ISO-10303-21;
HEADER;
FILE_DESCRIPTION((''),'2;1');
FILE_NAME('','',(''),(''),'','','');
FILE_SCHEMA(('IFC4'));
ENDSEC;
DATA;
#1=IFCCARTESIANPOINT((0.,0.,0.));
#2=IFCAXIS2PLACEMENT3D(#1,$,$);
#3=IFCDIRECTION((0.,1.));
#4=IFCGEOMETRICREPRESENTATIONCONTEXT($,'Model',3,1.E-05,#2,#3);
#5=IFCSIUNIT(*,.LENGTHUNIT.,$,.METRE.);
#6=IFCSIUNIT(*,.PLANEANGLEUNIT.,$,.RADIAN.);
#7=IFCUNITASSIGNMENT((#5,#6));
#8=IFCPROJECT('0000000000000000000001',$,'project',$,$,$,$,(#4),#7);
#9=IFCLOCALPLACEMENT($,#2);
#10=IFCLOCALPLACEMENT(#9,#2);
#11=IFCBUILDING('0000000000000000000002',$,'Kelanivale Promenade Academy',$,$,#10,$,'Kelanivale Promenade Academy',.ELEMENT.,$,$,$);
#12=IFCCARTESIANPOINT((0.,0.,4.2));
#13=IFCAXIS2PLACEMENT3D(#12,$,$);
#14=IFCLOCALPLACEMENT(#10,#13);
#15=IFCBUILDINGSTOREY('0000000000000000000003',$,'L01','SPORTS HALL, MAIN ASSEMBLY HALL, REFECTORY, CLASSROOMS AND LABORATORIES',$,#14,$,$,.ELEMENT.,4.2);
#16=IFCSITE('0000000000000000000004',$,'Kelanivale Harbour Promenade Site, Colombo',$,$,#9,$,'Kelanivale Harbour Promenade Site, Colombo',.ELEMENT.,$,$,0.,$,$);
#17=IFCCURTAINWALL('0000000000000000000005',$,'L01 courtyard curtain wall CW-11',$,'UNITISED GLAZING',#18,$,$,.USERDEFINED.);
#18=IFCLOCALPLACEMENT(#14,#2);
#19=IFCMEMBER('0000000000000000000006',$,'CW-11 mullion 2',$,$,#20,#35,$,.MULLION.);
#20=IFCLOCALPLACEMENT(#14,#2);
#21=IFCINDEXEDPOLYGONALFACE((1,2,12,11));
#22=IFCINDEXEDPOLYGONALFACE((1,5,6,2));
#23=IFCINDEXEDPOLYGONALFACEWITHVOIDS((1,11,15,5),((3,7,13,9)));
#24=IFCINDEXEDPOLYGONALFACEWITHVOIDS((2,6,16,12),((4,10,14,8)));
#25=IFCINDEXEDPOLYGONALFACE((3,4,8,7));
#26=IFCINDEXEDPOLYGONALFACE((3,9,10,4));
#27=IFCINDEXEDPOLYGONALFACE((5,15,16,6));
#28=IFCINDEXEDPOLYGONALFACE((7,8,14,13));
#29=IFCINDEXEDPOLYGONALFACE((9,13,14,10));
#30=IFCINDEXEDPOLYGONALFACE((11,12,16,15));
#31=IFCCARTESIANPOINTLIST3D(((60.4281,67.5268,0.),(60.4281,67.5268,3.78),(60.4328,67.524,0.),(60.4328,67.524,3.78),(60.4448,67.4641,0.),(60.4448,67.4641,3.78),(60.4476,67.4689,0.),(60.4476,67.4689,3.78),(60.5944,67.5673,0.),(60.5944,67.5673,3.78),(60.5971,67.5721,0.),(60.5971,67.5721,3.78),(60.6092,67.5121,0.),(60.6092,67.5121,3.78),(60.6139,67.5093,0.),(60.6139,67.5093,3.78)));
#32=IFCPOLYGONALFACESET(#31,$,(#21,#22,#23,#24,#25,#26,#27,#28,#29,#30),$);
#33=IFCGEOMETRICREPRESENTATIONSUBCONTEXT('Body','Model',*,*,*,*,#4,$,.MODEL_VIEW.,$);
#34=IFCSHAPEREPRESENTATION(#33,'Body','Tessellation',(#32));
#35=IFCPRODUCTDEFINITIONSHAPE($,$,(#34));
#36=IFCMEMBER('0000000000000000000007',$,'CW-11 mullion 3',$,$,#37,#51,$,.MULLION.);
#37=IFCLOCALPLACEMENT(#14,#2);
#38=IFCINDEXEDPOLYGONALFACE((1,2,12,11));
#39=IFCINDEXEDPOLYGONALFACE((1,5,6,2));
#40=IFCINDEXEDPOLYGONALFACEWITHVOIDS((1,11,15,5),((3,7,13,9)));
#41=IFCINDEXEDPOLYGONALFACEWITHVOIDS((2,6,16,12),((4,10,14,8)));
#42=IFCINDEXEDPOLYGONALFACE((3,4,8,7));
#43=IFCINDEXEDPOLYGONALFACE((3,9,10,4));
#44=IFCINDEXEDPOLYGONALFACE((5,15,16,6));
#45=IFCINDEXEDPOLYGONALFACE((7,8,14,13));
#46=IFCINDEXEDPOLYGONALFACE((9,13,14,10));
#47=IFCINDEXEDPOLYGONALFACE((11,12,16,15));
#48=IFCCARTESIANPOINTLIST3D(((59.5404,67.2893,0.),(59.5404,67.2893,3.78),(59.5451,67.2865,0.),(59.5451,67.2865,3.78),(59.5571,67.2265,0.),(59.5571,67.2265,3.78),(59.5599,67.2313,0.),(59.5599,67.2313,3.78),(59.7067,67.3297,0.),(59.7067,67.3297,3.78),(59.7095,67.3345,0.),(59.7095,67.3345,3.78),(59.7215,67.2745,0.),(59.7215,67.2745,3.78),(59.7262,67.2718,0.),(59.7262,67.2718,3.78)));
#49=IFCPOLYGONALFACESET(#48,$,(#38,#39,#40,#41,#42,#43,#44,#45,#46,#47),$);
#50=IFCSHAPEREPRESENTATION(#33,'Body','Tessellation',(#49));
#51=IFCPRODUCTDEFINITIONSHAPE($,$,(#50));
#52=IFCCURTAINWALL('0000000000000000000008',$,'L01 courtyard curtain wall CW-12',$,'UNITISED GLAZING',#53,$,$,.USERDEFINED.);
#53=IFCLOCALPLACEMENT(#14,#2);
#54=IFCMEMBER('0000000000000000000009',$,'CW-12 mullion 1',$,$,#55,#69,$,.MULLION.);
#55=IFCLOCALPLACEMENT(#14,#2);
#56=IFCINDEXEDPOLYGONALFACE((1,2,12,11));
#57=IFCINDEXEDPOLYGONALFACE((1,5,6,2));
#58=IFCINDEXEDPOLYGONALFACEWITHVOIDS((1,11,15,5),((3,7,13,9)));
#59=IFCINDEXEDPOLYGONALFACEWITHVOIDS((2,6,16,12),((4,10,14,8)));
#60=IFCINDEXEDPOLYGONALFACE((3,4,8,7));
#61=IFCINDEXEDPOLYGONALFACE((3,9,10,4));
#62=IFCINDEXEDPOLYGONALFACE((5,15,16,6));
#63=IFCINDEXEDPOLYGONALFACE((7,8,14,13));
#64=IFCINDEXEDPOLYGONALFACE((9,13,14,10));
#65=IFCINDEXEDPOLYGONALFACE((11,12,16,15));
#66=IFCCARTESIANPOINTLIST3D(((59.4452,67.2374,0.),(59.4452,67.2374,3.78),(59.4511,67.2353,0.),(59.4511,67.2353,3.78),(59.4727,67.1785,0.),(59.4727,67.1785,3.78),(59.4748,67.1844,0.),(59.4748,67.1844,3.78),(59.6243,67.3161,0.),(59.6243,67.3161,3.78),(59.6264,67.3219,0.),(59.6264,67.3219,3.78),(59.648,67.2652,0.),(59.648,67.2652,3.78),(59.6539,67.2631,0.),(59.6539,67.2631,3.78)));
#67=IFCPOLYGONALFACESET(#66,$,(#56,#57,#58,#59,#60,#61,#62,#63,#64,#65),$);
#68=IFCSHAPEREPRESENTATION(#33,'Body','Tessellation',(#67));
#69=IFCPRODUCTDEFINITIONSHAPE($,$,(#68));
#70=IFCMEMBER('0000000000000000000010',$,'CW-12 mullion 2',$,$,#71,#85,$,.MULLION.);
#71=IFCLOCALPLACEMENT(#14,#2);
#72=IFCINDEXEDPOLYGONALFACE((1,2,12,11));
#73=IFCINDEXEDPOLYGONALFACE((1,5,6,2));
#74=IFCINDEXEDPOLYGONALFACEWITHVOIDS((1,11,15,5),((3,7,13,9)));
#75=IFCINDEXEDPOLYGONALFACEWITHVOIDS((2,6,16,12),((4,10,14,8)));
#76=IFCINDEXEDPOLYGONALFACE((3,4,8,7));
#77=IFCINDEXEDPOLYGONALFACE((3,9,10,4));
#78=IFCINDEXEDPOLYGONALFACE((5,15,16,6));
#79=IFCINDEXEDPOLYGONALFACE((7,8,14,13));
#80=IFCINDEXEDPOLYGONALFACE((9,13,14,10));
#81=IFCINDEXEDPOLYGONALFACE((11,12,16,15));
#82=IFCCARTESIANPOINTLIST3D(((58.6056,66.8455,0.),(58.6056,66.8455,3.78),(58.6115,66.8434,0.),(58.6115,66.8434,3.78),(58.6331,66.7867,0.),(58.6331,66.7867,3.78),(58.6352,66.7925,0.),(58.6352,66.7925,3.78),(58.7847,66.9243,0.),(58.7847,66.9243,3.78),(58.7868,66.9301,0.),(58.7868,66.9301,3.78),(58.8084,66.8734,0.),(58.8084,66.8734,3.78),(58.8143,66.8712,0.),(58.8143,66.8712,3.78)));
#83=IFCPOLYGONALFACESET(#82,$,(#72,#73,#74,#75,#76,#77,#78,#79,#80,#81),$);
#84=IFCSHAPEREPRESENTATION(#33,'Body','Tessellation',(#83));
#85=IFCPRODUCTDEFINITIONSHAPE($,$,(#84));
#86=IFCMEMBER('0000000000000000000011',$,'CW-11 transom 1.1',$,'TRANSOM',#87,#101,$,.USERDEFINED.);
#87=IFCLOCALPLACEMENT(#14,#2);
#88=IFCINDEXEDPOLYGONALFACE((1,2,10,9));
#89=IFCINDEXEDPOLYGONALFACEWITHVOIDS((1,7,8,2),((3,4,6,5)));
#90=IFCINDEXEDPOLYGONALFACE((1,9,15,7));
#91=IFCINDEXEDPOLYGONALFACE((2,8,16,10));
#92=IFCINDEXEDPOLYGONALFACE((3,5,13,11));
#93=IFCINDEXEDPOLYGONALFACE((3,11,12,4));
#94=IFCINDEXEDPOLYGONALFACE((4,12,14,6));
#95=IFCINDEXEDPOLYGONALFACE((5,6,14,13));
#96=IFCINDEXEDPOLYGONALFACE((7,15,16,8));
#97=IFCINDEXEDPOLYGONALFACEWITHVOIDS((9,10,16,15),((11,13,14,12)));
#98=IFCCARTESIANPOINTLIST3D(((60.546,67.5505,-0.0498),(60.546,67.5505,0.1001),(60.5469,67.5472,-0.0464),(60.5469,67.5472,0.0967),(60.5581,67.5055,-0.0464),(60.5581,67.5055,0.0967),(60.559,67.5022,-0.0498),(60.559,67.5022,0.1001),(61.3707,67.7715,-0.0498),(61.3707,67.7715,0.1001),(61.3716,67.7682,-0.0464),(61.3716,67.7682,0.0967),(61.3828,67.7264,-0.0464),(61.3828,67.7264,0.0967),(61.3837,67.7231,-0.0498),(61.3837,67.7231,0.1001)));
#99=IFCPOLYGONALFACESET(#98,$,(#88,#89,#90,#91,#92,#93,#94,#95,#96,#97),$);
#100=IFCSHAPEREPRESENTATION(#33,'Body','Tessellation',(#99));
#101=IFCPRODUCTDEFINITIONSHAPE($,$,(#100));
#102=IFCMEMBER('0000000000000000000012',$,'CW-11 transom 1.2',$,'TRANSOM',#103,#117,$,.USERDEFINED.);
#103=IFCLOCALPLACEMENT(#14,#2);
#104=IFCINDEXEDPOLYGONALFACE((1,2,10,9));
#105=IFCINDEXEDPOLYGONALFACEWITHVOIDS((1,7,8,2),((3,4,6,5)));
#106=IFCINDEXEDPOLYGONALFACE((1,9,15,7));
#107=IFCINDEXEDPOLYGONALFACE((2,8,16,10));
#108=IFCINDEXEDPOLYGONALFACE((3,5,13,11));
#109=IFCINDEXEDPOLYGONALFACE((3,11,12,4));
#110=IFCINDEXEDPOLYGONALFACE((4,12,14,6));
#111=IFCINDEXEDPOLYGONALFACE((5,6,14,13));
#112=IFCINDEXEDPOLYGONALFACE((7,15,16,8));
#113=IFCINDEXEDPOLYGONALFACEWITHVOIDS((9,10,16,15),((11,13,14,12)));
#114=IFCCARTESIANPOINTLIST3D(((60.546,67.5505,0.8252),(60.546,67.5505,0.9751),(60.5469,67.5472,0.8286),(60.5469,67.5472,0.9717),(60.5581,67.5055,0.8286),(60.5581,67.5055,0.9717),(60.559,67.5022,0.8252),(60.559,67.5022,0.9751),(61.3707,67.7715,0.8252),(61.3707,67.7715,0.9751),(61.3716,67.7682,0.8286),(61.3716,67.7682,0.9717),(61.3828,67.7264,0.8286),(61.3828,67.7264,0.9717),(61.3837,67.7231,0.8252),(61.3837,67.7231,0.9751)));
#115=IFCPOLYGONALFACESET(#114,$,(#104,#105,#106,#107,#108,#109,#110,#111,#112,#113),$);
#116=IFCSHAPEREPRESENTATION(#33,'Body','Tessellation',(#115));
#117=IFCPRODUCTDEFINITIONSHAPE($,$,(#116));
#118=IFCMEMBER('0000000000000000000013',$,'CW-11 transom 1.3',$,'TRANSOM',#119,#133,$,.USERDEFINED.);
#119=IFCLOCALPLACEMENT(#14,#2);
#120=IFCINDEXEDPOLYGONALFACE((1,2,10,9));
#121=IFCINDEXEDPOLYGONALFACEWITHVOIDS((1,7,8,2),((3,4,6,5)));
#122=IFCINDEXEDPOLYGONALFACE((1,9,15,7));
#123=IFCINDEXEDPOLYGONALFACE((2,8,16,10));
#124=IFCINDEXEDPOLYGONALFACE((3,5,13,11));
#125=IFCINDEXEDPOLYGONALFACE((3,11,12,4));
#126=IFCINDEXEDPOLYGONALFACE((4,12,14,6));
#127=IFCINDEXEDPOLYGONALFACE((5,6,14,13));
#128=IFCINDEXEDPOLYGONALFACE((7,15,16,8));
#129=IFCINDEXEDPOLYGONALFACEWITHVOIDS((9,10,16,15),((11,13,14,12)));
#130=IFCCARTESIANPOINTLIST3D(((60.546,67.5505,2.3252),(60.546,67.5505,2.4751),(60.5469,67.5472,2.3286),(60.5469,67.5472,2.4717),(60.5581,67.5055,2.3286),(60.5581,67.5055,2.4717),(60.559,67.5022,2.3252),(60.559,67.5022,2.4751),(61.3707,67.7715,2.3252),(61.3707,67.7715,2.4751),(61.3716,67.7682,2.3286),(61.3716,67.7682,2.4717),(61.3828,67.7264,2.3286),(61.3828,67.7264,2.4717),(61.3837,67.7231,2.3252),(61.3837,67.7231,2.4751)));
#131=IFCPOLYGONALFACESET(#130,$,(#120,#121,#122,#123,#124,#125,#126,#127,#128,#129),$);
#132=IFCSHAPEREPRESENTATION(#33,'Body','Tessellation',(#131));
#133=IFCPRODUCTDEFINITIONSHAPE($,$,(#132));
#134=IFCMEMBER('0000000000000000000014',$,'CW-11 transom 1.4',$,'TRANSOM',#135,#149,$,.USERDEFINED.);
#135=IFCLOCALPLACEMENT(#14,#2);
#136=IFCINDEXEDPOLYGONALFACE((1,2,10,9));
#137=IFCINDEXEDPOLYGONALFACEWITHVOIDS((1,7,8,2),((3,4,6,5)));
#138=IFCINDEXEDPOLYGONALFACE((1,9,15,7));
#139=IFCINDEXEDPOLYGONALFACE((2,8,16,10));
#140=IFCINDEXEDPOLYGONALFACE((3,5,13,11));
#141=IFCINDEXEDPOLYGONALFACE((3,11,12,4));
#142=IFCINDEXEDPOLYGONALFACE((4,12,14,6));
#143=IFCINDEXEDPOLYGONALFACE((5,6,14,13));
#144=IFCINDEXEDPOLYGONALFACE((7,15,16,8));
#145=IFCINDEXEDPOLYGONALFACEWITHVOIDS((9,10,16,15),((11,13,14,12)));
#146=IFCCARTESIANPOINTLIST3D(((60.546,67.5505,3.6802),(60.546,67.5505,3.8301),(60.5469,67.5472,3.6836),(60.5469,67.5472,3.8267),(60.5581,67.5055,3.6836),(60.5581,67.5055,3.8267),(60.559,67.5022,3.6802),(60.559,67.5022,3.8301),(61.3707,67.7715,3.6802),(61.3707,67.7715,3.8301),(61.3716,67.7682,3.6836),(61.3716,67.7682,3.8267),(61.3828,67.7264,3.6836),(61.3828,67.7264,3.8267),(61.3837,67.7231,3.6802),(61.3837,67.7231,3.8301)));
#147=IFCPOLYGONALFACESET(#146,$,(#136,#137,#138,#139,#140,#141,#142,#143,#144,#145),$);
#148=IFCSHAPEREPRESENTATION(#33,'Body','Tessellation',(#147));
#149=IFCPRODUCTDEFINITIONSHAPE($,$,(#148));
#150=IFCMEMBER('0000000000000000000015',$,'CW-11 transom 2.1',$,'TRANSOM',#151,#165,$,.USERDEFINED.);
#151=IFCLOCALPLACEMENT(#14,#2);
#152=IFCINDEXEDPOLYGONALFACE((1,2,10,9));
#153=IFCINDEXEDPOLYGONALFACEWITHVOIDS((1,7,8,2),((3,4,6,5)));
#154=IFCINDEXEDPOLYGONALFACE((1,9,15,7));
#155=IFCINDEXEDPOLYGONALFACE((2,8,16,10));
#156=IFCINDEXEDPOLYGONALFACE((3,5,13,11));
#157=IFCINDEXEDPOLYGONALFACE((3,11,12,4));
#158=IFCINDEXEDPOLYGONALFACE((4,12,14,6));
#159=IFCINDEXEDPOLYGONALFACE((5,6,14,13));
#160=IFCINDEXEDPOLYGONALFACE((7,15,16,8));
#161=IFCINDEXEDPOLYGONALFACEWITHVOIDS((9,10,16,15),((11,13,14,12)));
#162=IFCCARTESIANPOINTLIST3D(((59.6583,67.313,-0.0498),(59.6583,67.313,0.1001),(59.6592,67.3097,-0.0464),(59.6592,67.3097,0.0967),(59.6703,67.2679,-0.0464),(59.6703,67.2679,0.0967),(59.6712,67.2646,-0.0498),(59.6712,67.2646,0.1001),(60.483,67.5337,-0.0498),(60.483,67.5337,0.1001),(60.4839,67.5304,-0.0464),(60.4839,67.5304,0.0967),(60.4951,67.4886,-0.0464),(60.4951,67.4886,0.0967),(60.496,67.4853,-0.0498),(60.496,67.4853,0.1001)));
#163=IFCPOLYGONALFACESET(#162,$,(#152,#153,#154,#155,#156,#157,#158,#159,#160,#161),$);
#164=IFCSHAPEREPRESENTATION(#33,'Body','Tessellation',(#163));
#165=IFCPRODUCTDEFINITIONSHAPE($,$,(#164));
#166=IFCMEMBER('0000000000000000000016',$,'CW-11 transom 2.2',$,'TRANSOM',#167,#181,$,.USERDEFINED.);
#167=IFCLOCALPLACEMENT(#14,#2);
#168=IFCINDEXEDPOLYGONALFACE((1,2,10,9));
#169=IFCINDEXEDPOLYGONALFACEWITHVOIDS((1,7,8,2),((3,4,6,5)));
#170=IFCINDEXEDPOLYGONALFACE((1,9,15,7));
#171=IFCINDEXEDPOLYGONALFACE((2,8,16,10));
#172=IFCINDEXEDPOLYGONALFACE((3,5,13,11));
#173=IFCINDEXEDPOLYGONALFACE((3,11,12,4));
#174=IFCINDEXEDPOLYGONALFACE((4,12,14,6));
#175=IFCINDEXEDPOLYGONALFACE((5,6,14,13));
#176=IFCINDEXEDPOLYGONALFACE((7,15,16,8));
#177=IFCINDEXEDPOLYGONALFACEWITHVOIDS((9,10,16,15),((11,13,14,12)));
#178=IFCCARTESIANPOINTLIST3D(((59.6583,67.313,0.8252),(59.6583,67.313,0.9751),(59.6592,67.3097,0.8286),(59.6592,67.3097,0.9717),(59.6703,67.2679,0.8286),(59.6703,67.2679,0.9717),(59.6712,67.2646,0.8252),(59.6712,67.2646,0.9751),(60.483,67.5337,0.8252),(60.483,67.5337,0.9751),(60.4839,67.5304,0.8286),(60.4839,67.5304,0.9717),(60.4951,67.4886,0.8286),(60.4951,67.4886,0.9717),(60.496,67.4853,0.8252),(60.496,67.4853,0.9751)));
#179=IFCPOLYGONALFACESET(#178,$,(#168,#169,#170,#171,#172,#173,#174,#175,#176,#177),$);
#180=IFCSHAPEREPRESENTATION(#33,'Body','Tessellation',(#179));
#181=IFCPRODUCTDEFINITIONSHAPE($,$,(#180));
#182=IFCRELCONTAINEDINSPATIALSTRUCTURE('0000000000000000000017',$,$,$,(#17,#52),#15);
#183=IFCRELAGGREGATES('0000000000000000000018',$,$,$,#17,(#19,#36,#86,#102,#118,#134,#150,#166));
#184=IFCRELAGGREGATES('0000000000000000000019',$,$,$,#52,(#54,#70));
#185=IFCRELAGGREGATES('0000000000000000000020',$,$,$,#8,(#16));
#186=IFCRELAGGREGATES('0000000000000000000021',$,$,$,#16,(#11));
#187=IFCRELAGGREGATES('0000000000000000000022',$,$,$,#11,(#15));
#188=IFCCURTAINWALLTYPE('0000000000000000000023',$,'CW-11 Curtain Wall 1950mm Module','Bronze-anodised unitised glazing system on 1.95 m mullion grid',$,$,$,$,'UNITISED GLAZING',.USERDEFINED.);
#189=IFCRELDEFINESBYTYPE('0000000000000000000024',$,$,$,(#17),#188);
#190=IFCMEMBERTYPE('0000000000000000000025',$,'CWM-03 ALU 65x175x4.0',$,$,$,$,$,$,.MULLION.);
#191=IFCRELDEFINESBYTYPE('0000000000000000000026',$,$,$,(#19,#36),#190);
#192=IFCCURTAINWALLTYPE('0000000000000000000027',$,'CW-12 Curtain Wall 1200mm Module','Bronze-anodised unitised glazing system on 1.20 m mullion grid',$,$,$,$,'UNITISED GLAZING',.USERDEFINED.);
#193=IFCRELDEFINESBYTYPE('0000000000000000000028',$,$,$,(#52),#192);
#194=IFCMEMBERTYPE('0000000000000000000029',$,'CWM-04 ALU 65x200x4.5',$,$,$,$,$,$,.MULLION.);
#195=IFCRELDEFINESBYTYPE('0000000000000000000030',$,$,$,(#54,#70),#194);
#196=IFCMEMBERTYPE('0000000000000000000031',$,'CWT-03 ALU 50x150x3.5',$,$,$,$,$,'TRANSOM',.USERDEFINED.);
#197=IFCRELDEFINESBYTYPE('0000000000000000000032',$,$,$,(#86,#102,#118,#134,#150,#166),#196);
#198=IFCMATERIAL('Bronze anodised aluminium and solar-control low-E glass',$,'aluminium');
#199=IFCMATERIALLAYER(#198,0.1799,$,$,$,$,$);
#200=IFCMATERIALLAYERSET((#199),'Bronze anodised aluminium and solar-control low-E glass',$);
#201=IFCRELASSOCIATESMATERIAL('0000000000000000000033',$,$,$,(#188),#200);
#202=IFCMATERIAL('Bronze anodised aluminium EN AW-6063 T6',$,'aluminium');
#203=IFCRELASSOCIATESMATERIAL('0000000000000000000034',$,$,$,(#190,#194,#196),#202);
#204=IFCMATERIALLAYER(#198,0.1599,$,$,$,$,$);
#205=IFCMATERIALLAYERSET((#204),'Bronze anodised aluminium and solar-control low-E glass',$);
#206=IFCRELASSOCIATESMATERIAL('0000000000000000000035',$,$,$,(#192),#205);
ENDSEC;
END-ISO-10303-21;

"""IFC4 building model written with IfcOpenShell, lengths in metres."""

from ifc_helpers import new_model, si_unit, direction, frame, origin, origin_2d, place, context, subcontext, project, spatial, hollow_rectangle, extrude, material, layer, layer_set, material_profile, profile_set, type_object, element, aggregate, save


model = new_model("IFC4")

# Units and contexts
model_context = context("Model", 3, precision=1e-05, world=origin(), true_north=direction((0.0, 1.0)))
body_context = subcontext(model_context, "Body", "Model", "MODEL_VIEW")
ifc_project = project(units=[si_unit("LENGTHUNIT", "METRE"), si_unit("PLANEANGLEUNIT", "RADIAN")], contexts=[model_context])

# Site, building, storey
site_placement = place(None, origin())
site = spatial("IfcSite", under=ifc_project, at=site_placement, Name="Kelanivale Harbour Promenade Site, Colombo", LongName="Kelanivale Harbour Promenade Site, Colombo", CompositionType="ELEMENT", RefElevation=0.0)
building_placement = place(site_placement, origin())
building = spatial("IfcBuilding", under=site, at=building_placement, Name="Kelanivale Promenade Academy", LongName="Kelanivale Promenade Academy", CompositionType="ELEMENT")
storey_placement = place(building_placement, frame((0.0, 0.0, 4.2)))
storey = spatial("IfcBuildingStorey", under=building, at=storey_placement, Name="L01", Description="SPORTS HALL, MAIN ASSEMBLY HALL, REFECTORY, CLASSROOMS AND LABORATORIES", CompositionType="ELEMENT", Elevation=4.2)

# Curtain walls, members
ifc_material_1 = material(Name="Bronze anodised aluminium and solar-control low-E glass", Category="aluminium")
ifc_layer_1 = layer(ifc_material_1, 0.1799)
ifc_layer_set_1 = layer_set([ifc_layer_1], Name="Bronze anodised aluminium and solar-control low-E glass")
curtain_wall_type_1 = type_object("IfcCurtainWallType", Name="CW-11 Curtain Wall 1950mm Module", Description="Bronze-anodised unitised glazing system on 1.95 m mullion grid", ElementType="UNITISED GLAZING", PredefinedType="USERDEFINED", material=ifc_layer_set_1)
curtain_wall_1_placement = place(storey_placement, origin())
curtain_wall_1 = element("IfcCurtainWall", 1, at=curtain_wall_1_placement, inside=storey, type_object=curtain_wall_type_1, Name="L01 courtyard curtain wall CW-11", ObjectType="UNITISED GLAZING", PredefinedType="USERDEFINED")
ifc_material_2 = material(Name="Bronze anodised aluminium EN AW-6063 T6", Category="aluminium")
ifc_material_profile_1 = material_profile(ifc_material_2, hollow_rectangle(XDim=0.0649, YDim=0.175, WallThickness=0.0039, at=origin_2d()), Name="ALU 65x175x4.0")
ifc_profile_set_1 = profile_set([ifc_material_profile_1], Name="Bronze anodised aluminium EN AW-6063 T6")
member_type_1 = type_object("IfcMemberType", Name="CWM-03 ALU 65x175x4.0", PredefinedType="MULLION", material=ifc_profile_set_1)
member_1_placement = place(storey_placement, frame((60.521, 67.5181, 0.0), z_axis=(0.0, 0.0, 1.0), x_axis=(0.258578, -0.96599, 0.0)))
member_1 = element("IfcMember", 2, at=member_1_placement, type_object=member_type_1, Name="CW-11 mullion 2", PredefinedType="MULLION", context=body_context, shape_type="SweptSolid", body=[
    extrude(hollow_rectangle(XDim=0.0649, YDim=0.175, WallThickness=0.0039, at=origin_2d()), origin(), (0.0, 0.0, 1.0), 3.78),
])
member_2_placement = place(storey_placement, frame((59.6333, 67.2805, 0.0), z_axis=(0.0, 0.0, 1.0), x_axis=(0.258578, -0.96599, 0.0)))
member_2 = element("IfcMember", 3, at=member_2_placement, type_object=member_type_1, Name="CW-11 mullion 3", PredefinedType="MULLION", context=body_context, shape_type="SweptSolid", body=[
    extrude(hollow_rectangle(XDim=0.0649, YDim=0.175, WallThickness=0.0039, at=origin_2d()), origin(), (0.0, 0.0, 1.0), 3.78),
])
ifc_layer_2 = layer(ifc_material_1, 0.1599)
ifc_layer_set_2 = layer_set([ifc_layer_2], Name="Bronze anodised aluminium and solar-control low-E glass")
curtain_wall_type_2 = type_object("IfcCurtainWallType", Name="CW-12 Curtain Wall 1200mm Module", Description="Bronze-anodised unitised glazing system on 1.20 m mullion grid", ElementType="UNITISED GLAZING", PredefinedType="USERDEFINED", material=ifc_layer_set_2)
curtain_wall_2_placement = place(storey_placement, origin())
curtain_wall_2 = element("IfcCurtainWall", 4, at=curtain_wall_2_placement, inside=storey, type_object=curtain_wall_type_2, Name="L01 courtyard curtain wall CW-12", ObjectType="UNITISED GLAZING", PredefinedType="USERDEFINED")
ifc_material_profile_2 = material_profile(ifc_material_2, hollow_rectangle(XDim=0.0649, YDim=0.2, WallThickness=0.0044, at=origin_2d()), Name="ALU 65x200x4.5")
ifc_profile_set_2 = profile_set([ifc_material_profile_2], Name="Bronze anodised aluminium EN AW-6063 T6")
member_type_2 = type_object("IfcMemberType", Name="CWM-04 ALU 65x200x4.5", PredefinedType="MULLION", material=ifc_profile_set_2)
member_3_placement = place(storey_placement, frame((59.5496, 67.2502, 0.0), z_axis=(0.0, 0.0, 1.0), x_axis=(0.422857, -0.906196, 0.0)))
member_3 = element("IfcMember", 5, at=member_3_placement, type_object=member_type_2, Name="CW-12 mullion 1", PredefinedType="MULLION", context=body_context, shape_type="SweptSolid", body=[
    extrude(hollow_rectangle(XDim=0.0649, YDim=0.2, WallThickness=0.0044, at=origin_2d()), origin(), (0.0, 0.0, 1.0), 3.78),
])
member_4_placement = place(storey_placement, frame((58.71, 66.8584, 0.0), z_axis=(0.0, 0.0, 1.0), x_axis=(0.422857, -0.906196, 0.0)))
member_4 = element("IfcMember", 6, at=member_4_placement, type_object=member_type_2, Name="CW-12 mullion 2", PredefinedType="MULLION", context=body_context, shape_type="SweptSolid", body=[
    extrude(hollow_rectangle(XDim=0.0649, YDim=0.2, WallThickness=0.0044, at=origin_2d()), origin(), (0.0, 0.0, 1.0), 3.78),
])

# Members
ifc_material_profile_3 = material_profile(ifc_material_2, hollow_rectangle(XDim=0.05, YDim=0.1499, WallThickness=0.0034, at=origin_2d()), Name="ALU 50x150x3.5")
ifc_profile_set_3 = profile_set([ifc_material_profile_3], Name="Bronze anodised aluminium EN AW-6063 T6")
member_type_3 = type_object("IfcMemberType", Name="CWT-03 ALU 50x150x3.5", ElementType="TRANSOM", PredefinedType="USERDEFINED", material=ifc_profile_set_3)
member_5_placement = place(storey_placement, frame((61.3772, 67.7473, 0.0251), z_axis=(-0.965935, -0.258784, 0.0), x_axis=(0.258784, -0.965935, 0.0)))
member_5 = element("IfcMember", 7, at=member_5_placement, type_object=member_type_3, Name="CW-11 transom 1.1", ObjectType="TRANSOM", PredefinedType="USERDEFINED", context=body_context, shape_type="SweptSolid", body=[
    extrude(hollow_rectangle(XDim=0.05, YDim=0.1499, WallThickness=0.0034, at=origin_2d()), origin(), (0.0, 0.0, 1.0), 0.8538),
])
member_6_placement = place(storey_placement, frame((61.3772, 67.7473, 0.9001), z_axis=(-0.965935, -0.258784, 0.0), x_axis=(0.258784, -0.965935, 0.0)))
member_6 = element("IfcMember", 8, at=member_6_placement, type_object=member_type_3, Name="CW-11 transom 1.2", ObjectType="TRANSOM", PredefinedType="USERDEFINED", context=body_context, shape_type="SweptSolid", body=[
    extrude(hollow_rectangle(XDim=0.05, YDim=0.1499, WallThickness=0.0034, at=origin_2d()), origin(), (0.0, 0.0, 1.0), 0.8538),
])
member_7_placement = place(storey_placement, frame((61.3772, 67.7473, 2.4001), z_axis=(-0.965935, -0.258784, 0.0), x_axis=(0.258784, -0.965935, 0.0)))
member_7 = element("IfcMember", 9, at=member_7_placement, type_object=member_type_3, Name="CW-11 transom 1.3", ObjectType="TRANSOM", PredefinedType="USERDEFINED", context=body_context, shape_type="SweptSolid", body=[
    extrude(hollow_rectangle(XDim=0.05, YDim=0.1499, WallThickness=0.0034, at=origin_2d()), origin(), (0.0, 0.0, 1.0), 0.8538),
])
member_8_placement = place(storey_placement, frame((61.3772, 67.7473, 3.7551), z_axis=(-0.965935, -0.258784, 0.0), x_axis=(0.258784, -0.965935, 0.0)))
member_8 = element("IfcMember", 10, at=member_8_placement, type_object=member_type_3, Name="CW-11 transom 1.4", ObjectType="TRANSOM", PredefinedType="USERDEFINED", context=body_context, shape_type="SweptSolid", body=[
    extrude(hollow_rectangle(XDim=0.05, YDim=0.1499, WallThickness=0.0034, at=origin_2d()), origin(), (0.0, 0.0, 1.0), 0.8538),
])
member_9_placement = place(storey_placement, frame((60.4895, 67.5095, 0.0251), z_axis=(-0.966007, -0.258517, 0.0), x_axis=(0.258517, -0.966007, 0.0)))
member_9 = element("IfcMember", 11, at=member_9_placement, type_object=member_type_3, Name="CW-11 transom 2.1", ObjectType="TRANSOM", PredefinedType="USERDEFINED", context=body_context, shape_type="SweptSolid", body=[
    extrude(hollow_rectangle(XDim=0.05, YDim=0.1499, WallThickness=0.0034, at=origin_2d()), origin(), (0.0, 0.0, 1.0), 0.8538),
])
member_10_placement = place(storey_placement, frame((60.4895, 67.5095, 0.9001), z_axis=(-0.966007, -0.258517, 0.0), x_axis=(0.258517, -0.966007, 0.0)))
member_10 = element("IfcMember", 12, at=member_10_placement, type_object=member_type_3, Name="CW-11 transom 2.2", ObjectType="TRANSOM", PredefinedType="USERDEFINED", context=body_context, shape_type="SweptSolid", body=[
    extrude(hollow_rectangle(XDim=0.05, YDim=0.1499, WallThickness=0.0034, at=origin_2d()), origin(), (0.0, 0.0, 1.0), 0.8538),
])

aggregate(curtain_wall_1, [member_1, member_2, member_5, member_6, member_7, member_8, member_9, member_10])
aggregate(curtain_wall_2, [member_3, member_4])

save(model, "model.ifc")
